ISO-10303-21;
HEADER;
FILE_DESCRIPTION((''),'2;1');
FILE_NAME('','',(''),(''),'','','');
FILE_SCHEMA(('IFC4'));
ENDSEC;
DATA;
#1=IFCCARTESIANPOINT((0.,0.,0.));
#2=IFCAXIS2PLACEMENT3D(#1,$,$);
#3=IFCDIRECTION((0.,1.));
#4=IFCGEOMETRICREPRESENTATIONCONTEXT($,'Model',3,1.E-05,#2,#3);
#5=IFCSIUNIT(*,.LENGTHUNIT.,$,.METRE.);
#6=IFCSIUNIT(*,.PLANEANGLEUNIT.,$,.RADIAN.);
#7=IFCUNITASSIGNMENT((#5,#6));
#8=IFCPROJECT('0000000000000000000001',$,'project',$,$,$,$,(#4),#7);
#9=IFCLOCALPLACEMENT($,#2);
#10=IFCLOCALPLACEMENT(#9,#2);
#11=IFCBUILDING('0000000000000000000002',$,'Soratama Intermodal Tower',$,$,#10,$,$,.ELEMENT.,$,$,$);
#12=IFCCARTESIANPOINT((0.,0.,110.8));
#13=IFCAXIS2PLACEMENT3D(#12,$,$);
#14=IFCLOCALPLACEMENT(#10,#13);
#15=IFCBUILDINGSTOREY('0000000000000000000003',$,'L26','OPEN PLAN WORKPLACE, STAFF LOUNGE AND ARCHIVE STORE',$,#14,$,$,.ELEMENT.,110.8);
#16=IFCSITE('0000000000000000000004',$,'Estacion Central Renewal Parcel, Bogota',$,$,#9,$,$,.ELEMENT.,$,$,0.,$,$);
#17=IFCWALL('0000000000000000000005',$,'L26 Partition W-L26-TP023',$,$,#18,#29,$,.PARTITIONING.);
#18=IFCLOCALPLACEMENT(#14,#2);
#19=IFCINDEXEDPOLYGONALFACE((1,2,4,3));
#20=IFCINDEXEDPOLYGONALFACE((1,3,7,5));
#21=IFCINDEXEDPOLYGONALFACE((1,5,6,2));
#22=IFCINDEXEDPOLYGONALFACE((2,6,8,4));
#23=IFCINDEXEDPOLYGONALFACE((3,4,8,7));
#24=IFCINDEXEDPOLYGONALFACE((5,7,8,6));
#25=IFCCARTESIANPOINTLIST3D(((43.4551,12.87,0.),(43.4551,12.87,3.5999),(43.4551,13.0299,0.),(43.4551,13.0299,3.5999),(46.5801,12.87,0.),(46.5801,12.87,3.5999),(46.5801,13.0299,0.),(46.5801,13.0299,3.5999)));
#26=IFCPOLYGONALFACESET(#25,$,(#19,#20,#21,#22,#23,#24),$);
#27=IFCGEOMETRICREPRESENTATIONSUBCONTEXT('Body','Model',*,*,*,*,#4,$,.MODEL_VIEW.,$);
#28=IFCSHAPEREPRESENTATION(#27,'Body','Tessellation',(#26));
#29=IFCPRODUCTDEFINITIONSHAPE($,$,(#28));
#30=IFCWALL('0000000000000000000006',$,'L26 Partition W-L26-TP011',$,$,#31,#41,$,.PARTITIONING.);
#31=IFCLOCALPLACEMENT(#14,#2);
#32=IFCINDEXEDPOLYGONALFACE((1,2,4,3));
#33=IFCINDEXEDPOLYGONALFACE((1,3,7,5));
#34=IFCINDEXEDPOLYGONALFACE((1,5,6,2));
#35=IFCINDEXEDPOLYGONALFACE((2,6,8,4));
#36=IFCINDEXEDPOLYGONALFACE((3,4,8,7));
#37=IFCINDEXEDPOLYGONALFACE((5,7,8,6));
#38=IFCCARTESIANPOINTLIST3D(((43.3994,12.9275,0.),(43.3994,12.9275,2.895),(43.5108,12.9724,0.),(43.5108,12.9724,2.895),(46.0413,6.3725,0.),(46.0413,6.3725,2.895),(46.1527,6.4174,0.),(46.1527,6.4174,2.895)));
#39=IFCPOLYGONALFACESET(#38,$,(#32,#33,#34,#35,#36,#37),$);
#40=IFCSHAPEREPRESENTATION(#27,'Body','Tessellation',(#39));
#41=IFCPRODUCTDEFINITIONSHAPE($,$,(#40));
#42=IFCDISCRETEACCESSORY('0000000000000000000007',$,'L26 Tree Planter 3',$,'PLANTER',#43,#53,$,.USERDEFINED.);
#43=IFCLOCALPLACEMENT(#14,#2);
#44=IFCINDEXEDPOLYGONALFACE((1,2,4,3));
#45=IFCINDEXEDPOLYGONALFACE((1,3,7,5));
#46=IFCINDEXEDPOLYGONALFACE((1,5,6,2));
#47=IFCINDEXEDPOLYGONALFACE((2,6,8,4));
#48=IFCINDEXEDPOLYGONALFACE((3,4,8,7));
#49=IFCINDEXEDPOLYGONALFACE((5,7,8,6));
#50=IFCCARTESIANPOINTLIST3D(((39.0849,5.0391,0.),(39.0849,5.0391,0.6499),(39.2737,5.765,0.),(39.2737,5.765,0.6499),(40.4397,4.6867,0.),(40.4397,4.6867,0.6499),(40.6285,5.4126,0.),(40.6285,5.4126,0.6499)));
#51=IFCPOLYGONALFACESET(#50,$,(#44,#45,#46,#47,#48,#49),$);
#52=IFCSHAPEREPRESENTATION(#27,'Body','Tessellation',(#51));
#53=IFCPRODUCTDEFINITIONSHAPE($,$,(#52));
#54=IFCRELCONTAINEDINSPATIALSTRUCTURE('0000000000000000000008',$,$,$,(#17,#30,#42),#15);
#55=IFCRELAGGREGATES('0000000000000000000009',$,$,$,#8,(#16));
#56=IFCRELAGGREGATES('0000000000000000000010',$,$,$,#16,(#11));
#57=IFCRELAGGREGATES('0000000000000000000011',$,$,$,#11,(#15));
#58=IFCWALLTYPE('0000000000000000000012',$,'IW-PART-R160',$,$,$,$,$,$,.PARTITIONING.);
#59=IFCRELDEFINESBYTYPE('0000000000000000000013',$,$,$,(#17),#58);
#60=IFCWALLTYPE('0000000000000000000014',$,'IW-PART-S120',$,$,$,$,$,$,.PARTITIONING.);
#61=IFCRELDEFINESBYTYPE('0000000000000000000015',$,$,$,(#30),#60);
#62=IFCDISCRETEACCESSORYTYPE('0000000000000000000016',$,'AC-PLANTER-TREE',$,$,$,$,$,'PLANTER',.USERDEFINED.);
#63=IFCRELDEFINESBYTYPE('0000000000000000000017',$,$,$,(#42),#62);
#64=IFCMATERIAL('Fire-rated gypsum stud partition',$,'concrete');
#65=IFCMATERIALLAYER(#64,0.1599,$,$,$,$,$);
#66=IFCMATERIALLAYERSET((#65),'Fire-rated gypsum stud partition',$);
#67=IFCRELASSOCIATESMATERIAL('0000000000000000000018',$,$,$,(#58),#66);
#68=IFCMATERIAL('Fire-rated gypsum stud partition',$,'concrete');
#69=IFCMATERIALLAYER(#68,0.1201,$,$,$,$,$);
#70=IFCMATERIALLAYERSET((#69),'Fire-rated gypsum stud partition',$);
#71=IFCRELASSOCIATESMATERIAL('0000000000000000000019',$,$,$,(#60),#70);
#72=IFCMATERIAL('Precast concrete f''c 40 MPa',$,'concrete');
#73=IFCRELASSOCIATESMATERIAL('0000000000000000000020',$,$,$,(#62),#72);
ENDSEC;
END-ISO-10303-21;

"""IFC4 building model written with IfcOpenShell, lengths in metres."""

from ifc_helpers import new_model, si_unit, direction, frame, frame_2d, origin, origin_2d, place, context, subcontext, project, spatial, rectangle, extrude, material, layer, layer_set, type_object, element, save


model = new_model("IFC4")

# Units and contexts
model_context = context("Model", 3, precision=1e-05, world=origin(), true_north=direction((0.0, 1.0)))
body_context = subcontext(model_context, "Body", "Model", "MODEL_VIEW")
ifc_project = project(units=[si_unit("LENGTHUNIT", "METRE"), si_unit("PLANEANGLEUNIT", "RADIAN")], contexts=[model_context])

# Site, building, storey
site_placement = place(None, origin())
site = spatial("IfcSite", under=ifc_project, at=site_placement, Name="Estacion Central Renewal Parcel, Bogota", CompositionType="ELEMENT", RefElevation=0.0)
building_placement = place(site_placement, origin())
building = spatial("IfcBuilding", under=site, at=building_placement, Name="Soratama Intermodal Tower", CompositionType="ELEMENT")
storey_placement = place(building_placement, frame((0.0, 0.0, 110.8)))
storey = spatial("IfcBuildingStorey", under=building, at=storey_placement, Name="L26", Description="OPEN PLAN WORKPLACE, STAFF LOUNGE AND ARCHIVE STORE", CompositionType="ELEMENT", Elevation=110.8)

# Shared definitions
ifc_material_1 = material(Name="Fire-rated gypsum stud partition", Category="concrete")
ifc_layer_1 = layer(ifc_material_1, 0.1599)
ifc_layer_set_1 = layer_set([ifc_layer_1], Name="Fire-rated gypsum stud partition")
wall_type_1 = type_object("IfcWallType", Name="IW-PART-R160", PredefinedType="PARTITIONING", material=ifc_layer_set_1)

# Walls
wall_1_placement = place(storey_placement, frame((46.5801, 12.95, 0.0), z_axis=(0.0, 0.0, 1.0), x_axis=(-1.0, 0.0, 0.0)))
element("IfcWall", 1, at=wall_1_placement, inside=storey, type_object=wall_type_1, Name="L26 Partition W-L26-TP023", PredefinedType="PARTITIONING", context=body_context, shape_type="SweptSolid", body=[
    extrude(rectangle(XDim=3.125, YDim=0.1599, at=frame_2d((1.5625, 0.0))), origin(), (0.0, 0.0, 1.0), 3.5999),
])
ifc_material_2 = material(Name="Fire-rated gypsum stud partition", Category="concrete")
ifc_layer_2 = layer(ifc_material_2, 0.1201)
ifc_layer_set_2 = layer_set([ifc_layer_2], Name="Fire-rated gypsum stud partition")
wall_type_2 = type_object("IfcWallType", Name="IW-PART-S120", PredefinedType="PARTITIONING", material=ifc_layer_set_2)
wall_2_placement = place(storey_placement, frame((43.4551, 12.95, 0.0), z_axis=(0.0, 0.0, 1.0), x_axis=(0.373814, -0.927504, 0.0)))
element("IfcWall", 2, at=wall_2_placement, inside=storey, type_object=wall_type_2, Name="L26 Partition W-L26-TP011", PredefinedType="PARTITIONING", context=body_context, shape_type="SweptSolid", body=[
    extrude(rectangle(XDim=7.0674, YDim=0.1201, at=frame_2d((3.5337, 0.0))), origin(), (0.0, 0.0, 1.0), 2.895),
])

# Discrete accessory
ifc_material_3 = material(Name="Precast concrete f'c 40 MPa", Category="concrete")
discrete_accessory_type = type_object("IfcDiscreteAccessoryType", Name="AC-PLANTER-TREE", ElementType="PLANTER", PredefinedType="USERDEFINED", material=ifc_material_3)
discrete_accessory_placement = place(storey_placement, frame((39.8567, 5.2258, 0.0), z_axis=(0.0, 0.0, 1.0), x_axis=(-0.251732, -0.967797, 0.0)))
element("IfcDiscreteAccessory", 3, at=discrete_accessory_placement, inside=storey, type_object=discrete_accessory_type, Name="L26 Tree Planter 3", ObjectType="PLANTER", PredefinedType="USERDEFINED", context=body_context, shape_type="SweptSolid", body=[
    extrude(rectangle(XDim=0.75, YDim=1.3999, at=origin_2d()), origin(), (0.0, 0.0, 1.0), 0.6499),
])

save(model, "model.ifc")
